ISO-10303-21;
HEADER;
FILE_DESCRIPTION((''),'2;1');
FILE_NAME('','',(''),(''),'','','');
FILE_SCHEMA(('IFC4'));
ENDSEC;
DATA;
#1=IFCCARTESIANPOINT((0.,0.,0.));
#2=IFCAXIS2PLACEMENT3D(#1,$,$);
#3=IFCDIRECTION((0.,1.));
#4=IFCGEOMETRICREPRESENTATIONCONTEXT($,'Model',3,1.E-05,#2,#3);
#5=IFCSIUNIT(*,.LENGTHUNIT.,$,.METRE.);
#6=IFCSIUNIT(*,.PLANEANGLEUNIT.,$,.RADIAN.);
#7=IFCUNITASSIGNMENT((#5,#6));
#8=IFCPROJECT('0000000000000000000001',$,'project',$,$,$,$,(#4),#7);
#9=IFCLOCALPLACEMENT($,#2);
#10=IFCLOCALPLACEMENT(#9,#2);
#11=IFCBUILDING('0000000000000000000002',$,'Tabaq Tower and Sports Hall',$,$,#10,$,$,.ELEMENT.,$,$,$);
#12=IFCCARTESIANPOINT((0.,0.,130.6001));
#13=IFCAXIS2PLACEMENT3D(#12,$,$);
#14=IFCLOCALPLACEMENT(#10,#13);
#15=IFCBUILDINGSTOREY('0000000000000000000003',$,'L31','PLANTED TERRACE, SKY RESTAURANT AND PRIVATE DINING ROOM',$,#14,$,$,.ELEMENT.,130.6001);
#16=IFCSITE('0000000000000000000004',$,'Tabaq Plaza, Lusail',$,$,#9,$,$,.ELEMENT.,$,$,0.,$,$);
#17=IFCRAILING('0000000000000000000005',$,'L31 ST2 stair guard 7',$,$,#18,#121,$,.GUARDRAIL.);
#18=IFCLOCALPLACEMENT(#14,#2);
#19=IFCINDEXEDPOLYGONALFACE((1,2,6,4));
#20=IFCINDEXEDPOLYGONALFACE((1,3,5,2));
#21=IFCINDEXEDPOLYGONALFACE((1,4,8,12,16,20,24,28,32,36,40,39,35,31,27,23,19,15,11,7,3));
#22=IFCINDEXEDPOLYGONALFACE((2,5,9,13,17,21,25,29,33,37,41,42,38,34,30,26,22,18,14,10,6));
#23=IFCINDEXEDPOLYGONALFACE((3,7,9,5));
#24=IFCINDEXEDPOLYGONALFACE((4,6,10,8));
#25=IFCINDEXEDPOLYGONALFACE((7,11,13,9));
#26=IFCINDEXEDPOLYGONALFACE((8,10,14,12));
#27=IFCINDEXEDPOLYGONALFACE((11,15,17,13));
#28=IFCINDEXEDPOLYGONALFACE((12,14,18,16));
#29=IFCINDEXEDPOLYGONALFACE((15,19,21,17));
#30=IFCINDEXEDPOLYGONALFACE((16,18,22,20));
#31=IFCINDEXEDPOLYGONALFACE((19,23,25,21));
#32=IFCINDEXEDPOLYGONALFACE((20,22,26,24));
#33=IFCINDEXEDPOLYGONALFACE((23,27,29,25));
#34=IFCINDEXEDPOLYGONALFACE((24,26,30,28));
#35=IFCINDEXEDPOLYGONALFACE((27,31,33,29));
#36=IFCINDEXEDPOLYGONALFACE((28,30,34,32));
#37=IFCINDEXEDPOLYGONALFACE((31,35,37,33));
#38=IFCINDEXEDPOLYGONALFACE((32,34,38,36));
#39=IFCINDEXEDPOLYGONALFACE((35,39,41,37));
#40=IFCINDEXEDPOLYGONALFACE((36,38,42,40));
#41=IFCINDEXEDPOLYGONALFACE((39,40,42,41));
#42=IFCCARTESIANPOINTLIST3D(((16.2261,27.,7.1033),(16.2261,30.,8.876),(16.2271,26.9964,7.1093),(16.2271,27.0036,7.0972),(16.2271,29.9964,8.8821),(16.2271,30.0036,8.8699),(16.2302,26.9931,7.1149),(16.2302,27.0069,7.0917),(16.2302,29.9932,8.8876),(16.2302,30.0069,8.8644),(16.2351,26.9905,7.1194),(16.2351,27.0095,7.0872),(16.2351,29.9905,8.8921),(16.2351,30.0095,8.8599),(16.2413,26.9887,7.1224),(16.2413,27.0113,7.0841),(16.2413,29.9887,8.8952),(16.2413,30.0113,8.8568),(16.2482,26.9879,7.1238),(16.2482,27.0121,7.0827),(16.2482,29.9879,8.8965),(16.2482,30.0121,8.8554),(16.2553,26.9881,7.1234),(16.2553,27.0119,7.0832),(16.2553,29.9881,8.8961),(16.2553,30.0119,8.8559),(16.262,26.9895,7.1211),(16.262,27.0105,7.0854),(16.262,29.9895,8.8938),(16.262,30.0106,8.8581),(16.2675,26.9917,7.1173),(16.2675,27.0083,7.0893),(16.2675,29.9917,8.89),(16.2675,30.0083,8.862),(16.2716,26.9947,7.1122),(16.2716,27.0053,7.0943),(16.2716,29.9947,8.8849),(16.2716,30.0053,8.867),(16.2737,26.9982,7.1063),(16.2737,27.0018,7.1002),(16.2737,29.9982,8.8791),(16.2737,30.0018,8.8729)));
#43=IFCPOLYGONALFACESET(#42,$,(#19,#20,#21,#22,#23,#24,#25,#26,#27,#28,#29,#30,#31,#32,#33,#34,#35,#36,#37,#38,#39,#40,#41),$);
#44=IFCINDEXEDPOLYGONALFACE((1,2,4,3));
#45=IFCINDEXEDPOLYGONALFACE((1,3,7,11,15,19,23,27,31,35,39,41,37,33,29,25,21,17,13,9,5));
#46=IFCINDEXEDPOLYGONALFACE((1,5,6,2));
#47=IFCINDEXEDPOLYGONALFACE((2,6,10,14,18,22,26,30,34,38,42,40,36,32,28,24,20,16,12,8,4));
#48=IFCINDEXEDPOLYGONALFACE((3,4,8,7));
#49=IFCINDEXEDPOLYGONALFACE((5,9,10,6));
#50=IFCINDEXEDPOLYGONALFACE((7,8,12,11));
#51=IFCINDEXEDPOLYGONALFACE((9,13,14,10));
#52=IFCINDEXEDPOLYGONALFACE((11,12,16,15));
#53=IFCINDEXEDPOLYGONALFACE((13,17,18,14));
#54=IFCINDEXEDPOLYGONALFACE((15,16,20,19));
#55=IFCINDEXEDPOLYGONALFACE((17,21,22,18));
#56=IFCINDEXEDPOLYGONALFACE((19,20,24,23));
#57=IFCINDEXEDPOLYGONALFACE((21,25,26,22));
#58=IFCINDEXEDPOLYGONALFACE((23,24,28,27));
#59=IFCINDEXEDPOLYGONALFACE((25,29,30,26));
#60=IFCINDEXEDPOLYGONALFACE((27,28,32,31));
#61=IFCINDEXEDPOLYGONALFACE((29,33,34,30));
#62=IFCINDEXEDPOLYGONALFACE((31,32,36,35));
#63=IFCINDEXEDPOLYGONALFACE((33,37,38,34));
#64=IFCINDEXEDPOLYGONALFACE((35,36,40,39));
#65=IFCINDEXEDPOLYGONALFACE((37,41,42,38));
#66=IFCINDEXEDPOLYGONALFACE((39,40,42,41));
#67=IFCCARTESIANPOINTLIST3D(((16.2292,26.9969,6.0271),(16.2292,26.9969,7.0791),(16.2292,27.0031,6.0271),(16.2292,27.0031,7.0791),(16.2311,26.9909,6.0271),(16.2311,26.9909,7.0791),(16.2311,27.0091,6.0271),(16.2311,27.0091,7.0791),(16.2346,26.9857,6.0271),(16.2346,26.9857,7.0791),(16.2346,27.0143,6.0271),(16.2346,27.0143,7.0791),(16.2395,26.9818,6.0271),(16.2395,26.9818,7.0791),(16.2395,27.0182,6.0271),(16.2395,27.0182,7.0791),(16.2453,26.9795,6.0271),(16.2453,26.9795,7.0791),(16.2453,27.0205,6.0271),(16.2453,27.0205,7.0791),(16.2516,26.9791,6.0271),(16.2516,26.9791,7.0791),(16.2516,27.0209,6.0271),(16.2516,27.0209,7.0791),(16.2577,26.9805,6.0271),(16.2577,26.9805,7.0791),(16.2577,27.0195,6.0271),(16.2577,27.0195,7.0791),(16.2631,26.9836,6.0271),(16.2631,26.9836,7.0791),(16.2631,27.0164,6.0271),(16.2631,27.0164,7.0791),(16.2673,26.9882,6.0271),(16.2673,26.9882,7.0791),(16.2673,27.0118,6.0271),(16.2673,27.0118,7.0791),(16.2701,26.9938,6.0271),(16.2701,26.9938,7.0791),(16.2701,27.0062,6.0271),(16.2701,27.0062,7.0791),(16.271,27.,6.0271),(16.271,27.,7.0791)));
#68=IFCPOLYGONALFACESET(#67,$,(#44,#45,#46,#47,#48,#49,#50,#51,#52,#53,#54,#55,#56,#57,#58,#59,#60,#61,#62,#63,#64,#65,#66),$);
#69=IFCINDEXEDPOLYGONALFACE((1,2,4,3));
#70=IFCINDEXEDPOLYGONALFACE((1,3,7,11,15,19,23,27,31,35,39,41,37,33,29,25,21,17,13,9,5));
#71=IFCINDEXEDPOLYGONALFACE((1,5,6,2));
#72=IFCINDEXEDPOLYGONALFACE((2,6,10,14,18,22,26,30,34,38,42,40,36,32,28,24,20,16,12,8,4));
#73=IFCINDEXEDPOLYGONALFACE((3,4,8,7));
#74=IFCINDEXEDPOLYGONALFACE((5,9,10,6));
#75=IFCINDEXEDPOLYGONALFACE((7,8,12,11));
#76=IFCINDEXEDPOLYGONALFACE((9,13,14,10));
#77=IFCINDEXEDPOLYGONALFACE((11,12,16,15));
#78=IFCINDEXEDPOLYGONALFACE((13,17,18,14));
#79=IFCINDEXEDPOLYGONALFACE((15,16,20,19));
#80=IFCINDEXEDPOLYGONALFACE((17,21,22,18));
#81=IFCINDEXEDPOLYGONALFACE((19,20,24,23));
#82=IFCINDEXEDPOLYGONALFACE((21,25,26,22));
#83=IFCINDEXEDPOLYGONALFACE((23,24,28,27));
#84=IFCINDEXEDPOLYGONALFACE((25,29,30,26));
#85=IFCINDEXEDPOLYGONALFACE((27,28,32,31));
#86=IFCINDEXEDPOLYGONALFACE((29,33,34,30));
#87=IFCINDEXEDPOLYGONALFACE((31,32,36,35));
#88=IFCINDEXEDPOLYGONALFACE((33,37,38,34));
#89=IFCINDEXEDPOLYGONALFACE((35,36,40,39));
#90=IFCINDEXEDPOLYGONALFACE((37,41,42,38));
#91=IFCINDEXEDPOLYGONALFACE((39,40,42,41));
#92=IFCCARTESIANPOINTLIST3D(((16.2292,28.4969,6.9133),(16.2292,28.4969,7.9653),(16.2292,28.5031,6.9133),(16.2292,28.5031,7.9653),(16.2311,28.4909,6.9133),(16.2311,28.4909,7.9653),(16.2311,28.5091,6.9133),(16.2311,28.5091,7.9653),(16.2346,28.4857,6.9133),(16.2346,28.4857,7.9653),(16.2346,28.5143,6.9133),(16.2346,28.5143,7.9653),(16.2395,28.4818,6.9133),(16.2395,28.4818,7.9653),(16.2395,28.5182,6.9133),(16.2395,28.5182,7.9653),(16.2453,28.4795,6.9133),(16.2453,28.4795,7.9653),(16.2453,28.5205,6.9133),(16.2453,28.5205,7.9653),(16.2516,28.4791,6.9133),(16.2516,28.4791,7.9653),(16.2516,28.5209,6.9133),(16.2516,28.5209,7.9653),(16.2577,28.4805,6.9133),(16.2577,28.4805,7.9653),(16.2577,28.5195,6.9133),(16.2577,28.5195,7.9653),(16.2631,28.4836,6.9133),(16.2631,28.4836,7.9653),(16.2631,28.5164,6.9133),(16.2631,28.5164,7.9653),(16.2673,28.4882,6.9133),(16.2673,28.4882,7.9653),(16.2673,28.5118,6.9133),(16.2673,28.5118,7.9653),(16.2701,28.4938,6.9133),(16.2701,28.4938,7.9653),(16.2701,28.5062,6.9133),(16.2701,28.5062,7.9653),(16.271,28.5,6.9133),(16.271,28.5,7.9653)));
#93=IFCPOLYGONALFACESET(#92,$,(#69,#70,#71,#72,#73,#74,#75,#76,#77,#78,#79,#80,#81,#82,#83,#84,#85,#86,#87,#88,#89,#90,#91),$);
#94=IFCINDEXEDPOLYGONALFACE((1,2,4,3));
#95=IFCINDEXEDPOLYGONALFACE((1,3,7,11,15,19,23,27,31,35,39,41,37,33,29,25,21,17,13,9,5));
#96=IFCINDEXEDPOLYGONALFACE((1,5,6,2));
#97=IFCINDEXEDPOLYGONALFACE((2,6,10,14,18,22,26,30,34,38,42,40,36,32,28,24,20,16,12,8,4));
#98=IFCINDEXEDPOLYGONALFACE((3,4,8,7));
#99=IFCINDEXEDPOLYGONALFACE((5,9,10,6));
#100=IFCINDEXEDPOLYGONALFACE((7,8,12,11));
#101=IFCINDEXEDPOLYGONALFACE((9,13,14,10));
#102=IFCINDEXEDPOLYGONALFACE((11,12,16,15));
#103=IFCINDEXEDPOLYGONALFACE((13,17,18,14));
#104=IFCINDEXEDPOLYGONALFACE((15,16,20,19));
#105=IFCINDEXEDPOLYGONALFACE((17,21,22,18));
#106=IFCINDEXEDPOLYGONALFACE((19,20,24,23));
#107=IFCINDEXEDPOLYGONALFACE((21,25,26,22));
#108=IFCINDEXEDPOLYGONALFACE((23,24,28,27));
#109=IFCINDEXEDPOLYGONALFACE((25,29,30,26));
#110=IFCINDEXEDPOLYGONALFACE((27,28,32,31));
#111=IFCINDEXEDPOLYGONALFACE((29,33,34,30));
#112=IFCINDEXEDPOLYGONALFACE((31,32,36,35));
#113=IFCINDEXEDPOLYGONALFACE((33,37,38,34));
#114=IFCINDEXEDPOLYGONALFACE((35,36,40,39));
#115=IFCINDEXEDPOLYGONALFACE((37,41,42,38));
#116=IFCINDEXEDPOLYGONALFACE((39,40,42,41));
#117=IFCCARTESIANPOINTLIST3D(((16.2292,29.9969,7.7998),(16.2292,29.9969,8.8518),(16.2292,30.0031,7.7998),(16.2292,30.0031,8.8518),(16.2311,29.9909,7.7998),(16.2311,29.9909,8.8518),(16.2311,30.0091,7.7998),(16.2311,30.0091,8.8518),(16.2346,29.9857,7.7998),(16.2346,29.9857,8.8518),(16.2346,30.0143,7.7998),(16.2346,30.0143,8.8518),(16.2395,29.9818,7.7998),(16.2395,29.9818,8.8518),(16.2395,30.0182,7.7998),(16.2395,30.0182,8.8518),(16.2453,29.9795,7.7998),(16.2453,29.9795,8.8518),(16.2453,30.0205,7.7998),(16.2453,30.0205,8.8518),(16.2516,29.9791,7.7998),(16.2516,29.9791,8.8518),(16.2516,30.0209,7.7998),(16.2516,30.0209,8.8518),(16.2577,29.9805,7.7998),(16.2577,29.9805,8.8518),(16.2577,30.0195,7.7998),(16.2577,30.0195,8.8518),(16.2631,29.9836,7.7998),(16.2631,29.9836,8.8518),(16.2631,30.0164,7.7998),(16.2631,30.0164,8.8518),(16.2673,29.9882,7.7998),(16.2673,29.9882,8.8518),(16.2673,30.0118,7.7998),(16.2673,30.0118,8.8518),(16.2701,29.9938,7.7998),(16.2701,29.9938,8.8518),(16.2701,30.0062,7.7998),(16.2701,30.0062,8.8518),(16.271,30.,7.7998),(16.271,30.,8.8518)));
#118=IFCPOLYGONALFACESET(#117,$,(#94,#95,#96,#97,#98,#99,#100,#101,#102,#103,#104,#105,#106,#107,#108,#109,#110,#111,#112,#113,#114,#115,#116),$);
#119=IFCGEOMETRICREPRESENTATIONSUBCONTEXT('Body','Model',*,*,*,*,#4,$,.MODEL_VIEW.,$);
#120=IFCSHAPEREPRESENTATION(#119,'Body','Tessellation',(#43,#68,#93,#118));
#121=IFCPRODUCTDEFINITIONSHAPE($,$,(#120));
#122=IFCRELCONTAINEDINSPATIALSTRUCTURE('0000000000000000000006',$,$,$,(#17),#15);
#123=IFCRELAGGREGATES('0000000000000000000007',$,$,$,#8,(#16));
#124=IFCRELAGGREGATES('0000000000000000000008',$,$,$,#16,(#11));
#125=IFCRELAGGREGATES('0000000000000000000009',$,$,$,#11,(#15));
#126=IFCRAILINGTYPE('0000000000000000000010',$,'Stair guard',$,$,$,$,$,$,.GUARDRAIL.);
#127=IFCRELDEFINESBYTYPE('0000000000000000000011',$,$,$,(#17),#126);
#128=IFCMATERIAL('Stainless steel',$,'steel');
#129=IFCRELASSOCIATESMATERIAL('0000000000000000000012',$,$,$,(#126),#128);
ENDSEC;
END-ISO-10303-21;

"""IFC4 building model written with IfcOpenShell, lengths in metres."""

from ifc_helpers import new_model, si_unit, direction, frame, origin, origin_2d, place, context, subcontext, project, spatial, circle, extrude, material, type_object, element, save


model = new_model("IFC4")

# Units and contexts
model_context = context("Model", 3, precision=1e-05, world=origin(), true_north=direction((0.0, 1.0)))
body_context = subcontext(model_context, "Body", "Model", "MODEL_VIEW")
ifc_project = project(units=[si_unit("LENGTHUNIT", "METRE"), si_unit("PLANEANGLEUNIT", "RADIAN")], contexts=[model_context])

# Site, building, storey
site_placement = place(None, origin())
site = spatial("IfcSite", under=ifc_project, at=site_placement, Name="Tabaq Plaza, Lusail", CompositionType="ELEMENT", RefElevation=0.0)
building_placement = place(site_placement, origin())
building = spatial("IfcBuilding", under=site, at=building_placement, Name="Tabaq Tower and Sports Hall", CompositionType="ELEMENT")
storey_placement = place(building_placement, frame((0.0, 0.0, 130.6001)))
storey = spatial("IfcBuildingStorey", under=building, at=storey_placement, Name="L31", Description="PLANTED TERRACE, SKY RESTAURANT AND PRIVATE DINING ROOM", CompositionType="ELEMENT", Elevation=130.6001)

# Railing
ifc_material_1 = material(Name="Stainless steel", Category="steel")
railing_type_1 = type_object("IfcRailingType", Name="Stair guard", PredefinedType="GUARDRAIL", material=ifc_material_1)
for number, where, name in (
    (1, (16.25, 27.0, 6.0271), "L31 ST2 stair guard 7"),
):
    element("IfcRailing", number, at=place(storey_placement, frame(where)), inside=storey, type_object=railing_type_1, Name=name, PredefinedType="GUARDRAIL", context=body_context, shape_type="SweptSolid", body=[
        extrude(circle(Radius=0.0239, at=origin_2d()), frame((0.0, 0.0, 1.0762), z_axis=(0.0, 0.860929, 0.508725), x_axis=(-1.0, 0.0, 0.0)), (0.0, 0.0, 1.0), 3.4846),
        extrude(circle(Radius=0.021, at=origin_2d()), origin(), (0.0, 0.0, 1.0), 1.052),
        extrude(circle(Radius=0.021, at=origin_2d()), frame((0.0, 1.5, 0.8862)), (0.0, 0.0, 1.0), 1.052),
        extrude(circle(Radius=0.021, at=origin_2d()), frame((0.0, 3.0, 1.7727)), (0.0, 0.0, 1.0), 1.052),
    ])

save(model, "model.ifc")
